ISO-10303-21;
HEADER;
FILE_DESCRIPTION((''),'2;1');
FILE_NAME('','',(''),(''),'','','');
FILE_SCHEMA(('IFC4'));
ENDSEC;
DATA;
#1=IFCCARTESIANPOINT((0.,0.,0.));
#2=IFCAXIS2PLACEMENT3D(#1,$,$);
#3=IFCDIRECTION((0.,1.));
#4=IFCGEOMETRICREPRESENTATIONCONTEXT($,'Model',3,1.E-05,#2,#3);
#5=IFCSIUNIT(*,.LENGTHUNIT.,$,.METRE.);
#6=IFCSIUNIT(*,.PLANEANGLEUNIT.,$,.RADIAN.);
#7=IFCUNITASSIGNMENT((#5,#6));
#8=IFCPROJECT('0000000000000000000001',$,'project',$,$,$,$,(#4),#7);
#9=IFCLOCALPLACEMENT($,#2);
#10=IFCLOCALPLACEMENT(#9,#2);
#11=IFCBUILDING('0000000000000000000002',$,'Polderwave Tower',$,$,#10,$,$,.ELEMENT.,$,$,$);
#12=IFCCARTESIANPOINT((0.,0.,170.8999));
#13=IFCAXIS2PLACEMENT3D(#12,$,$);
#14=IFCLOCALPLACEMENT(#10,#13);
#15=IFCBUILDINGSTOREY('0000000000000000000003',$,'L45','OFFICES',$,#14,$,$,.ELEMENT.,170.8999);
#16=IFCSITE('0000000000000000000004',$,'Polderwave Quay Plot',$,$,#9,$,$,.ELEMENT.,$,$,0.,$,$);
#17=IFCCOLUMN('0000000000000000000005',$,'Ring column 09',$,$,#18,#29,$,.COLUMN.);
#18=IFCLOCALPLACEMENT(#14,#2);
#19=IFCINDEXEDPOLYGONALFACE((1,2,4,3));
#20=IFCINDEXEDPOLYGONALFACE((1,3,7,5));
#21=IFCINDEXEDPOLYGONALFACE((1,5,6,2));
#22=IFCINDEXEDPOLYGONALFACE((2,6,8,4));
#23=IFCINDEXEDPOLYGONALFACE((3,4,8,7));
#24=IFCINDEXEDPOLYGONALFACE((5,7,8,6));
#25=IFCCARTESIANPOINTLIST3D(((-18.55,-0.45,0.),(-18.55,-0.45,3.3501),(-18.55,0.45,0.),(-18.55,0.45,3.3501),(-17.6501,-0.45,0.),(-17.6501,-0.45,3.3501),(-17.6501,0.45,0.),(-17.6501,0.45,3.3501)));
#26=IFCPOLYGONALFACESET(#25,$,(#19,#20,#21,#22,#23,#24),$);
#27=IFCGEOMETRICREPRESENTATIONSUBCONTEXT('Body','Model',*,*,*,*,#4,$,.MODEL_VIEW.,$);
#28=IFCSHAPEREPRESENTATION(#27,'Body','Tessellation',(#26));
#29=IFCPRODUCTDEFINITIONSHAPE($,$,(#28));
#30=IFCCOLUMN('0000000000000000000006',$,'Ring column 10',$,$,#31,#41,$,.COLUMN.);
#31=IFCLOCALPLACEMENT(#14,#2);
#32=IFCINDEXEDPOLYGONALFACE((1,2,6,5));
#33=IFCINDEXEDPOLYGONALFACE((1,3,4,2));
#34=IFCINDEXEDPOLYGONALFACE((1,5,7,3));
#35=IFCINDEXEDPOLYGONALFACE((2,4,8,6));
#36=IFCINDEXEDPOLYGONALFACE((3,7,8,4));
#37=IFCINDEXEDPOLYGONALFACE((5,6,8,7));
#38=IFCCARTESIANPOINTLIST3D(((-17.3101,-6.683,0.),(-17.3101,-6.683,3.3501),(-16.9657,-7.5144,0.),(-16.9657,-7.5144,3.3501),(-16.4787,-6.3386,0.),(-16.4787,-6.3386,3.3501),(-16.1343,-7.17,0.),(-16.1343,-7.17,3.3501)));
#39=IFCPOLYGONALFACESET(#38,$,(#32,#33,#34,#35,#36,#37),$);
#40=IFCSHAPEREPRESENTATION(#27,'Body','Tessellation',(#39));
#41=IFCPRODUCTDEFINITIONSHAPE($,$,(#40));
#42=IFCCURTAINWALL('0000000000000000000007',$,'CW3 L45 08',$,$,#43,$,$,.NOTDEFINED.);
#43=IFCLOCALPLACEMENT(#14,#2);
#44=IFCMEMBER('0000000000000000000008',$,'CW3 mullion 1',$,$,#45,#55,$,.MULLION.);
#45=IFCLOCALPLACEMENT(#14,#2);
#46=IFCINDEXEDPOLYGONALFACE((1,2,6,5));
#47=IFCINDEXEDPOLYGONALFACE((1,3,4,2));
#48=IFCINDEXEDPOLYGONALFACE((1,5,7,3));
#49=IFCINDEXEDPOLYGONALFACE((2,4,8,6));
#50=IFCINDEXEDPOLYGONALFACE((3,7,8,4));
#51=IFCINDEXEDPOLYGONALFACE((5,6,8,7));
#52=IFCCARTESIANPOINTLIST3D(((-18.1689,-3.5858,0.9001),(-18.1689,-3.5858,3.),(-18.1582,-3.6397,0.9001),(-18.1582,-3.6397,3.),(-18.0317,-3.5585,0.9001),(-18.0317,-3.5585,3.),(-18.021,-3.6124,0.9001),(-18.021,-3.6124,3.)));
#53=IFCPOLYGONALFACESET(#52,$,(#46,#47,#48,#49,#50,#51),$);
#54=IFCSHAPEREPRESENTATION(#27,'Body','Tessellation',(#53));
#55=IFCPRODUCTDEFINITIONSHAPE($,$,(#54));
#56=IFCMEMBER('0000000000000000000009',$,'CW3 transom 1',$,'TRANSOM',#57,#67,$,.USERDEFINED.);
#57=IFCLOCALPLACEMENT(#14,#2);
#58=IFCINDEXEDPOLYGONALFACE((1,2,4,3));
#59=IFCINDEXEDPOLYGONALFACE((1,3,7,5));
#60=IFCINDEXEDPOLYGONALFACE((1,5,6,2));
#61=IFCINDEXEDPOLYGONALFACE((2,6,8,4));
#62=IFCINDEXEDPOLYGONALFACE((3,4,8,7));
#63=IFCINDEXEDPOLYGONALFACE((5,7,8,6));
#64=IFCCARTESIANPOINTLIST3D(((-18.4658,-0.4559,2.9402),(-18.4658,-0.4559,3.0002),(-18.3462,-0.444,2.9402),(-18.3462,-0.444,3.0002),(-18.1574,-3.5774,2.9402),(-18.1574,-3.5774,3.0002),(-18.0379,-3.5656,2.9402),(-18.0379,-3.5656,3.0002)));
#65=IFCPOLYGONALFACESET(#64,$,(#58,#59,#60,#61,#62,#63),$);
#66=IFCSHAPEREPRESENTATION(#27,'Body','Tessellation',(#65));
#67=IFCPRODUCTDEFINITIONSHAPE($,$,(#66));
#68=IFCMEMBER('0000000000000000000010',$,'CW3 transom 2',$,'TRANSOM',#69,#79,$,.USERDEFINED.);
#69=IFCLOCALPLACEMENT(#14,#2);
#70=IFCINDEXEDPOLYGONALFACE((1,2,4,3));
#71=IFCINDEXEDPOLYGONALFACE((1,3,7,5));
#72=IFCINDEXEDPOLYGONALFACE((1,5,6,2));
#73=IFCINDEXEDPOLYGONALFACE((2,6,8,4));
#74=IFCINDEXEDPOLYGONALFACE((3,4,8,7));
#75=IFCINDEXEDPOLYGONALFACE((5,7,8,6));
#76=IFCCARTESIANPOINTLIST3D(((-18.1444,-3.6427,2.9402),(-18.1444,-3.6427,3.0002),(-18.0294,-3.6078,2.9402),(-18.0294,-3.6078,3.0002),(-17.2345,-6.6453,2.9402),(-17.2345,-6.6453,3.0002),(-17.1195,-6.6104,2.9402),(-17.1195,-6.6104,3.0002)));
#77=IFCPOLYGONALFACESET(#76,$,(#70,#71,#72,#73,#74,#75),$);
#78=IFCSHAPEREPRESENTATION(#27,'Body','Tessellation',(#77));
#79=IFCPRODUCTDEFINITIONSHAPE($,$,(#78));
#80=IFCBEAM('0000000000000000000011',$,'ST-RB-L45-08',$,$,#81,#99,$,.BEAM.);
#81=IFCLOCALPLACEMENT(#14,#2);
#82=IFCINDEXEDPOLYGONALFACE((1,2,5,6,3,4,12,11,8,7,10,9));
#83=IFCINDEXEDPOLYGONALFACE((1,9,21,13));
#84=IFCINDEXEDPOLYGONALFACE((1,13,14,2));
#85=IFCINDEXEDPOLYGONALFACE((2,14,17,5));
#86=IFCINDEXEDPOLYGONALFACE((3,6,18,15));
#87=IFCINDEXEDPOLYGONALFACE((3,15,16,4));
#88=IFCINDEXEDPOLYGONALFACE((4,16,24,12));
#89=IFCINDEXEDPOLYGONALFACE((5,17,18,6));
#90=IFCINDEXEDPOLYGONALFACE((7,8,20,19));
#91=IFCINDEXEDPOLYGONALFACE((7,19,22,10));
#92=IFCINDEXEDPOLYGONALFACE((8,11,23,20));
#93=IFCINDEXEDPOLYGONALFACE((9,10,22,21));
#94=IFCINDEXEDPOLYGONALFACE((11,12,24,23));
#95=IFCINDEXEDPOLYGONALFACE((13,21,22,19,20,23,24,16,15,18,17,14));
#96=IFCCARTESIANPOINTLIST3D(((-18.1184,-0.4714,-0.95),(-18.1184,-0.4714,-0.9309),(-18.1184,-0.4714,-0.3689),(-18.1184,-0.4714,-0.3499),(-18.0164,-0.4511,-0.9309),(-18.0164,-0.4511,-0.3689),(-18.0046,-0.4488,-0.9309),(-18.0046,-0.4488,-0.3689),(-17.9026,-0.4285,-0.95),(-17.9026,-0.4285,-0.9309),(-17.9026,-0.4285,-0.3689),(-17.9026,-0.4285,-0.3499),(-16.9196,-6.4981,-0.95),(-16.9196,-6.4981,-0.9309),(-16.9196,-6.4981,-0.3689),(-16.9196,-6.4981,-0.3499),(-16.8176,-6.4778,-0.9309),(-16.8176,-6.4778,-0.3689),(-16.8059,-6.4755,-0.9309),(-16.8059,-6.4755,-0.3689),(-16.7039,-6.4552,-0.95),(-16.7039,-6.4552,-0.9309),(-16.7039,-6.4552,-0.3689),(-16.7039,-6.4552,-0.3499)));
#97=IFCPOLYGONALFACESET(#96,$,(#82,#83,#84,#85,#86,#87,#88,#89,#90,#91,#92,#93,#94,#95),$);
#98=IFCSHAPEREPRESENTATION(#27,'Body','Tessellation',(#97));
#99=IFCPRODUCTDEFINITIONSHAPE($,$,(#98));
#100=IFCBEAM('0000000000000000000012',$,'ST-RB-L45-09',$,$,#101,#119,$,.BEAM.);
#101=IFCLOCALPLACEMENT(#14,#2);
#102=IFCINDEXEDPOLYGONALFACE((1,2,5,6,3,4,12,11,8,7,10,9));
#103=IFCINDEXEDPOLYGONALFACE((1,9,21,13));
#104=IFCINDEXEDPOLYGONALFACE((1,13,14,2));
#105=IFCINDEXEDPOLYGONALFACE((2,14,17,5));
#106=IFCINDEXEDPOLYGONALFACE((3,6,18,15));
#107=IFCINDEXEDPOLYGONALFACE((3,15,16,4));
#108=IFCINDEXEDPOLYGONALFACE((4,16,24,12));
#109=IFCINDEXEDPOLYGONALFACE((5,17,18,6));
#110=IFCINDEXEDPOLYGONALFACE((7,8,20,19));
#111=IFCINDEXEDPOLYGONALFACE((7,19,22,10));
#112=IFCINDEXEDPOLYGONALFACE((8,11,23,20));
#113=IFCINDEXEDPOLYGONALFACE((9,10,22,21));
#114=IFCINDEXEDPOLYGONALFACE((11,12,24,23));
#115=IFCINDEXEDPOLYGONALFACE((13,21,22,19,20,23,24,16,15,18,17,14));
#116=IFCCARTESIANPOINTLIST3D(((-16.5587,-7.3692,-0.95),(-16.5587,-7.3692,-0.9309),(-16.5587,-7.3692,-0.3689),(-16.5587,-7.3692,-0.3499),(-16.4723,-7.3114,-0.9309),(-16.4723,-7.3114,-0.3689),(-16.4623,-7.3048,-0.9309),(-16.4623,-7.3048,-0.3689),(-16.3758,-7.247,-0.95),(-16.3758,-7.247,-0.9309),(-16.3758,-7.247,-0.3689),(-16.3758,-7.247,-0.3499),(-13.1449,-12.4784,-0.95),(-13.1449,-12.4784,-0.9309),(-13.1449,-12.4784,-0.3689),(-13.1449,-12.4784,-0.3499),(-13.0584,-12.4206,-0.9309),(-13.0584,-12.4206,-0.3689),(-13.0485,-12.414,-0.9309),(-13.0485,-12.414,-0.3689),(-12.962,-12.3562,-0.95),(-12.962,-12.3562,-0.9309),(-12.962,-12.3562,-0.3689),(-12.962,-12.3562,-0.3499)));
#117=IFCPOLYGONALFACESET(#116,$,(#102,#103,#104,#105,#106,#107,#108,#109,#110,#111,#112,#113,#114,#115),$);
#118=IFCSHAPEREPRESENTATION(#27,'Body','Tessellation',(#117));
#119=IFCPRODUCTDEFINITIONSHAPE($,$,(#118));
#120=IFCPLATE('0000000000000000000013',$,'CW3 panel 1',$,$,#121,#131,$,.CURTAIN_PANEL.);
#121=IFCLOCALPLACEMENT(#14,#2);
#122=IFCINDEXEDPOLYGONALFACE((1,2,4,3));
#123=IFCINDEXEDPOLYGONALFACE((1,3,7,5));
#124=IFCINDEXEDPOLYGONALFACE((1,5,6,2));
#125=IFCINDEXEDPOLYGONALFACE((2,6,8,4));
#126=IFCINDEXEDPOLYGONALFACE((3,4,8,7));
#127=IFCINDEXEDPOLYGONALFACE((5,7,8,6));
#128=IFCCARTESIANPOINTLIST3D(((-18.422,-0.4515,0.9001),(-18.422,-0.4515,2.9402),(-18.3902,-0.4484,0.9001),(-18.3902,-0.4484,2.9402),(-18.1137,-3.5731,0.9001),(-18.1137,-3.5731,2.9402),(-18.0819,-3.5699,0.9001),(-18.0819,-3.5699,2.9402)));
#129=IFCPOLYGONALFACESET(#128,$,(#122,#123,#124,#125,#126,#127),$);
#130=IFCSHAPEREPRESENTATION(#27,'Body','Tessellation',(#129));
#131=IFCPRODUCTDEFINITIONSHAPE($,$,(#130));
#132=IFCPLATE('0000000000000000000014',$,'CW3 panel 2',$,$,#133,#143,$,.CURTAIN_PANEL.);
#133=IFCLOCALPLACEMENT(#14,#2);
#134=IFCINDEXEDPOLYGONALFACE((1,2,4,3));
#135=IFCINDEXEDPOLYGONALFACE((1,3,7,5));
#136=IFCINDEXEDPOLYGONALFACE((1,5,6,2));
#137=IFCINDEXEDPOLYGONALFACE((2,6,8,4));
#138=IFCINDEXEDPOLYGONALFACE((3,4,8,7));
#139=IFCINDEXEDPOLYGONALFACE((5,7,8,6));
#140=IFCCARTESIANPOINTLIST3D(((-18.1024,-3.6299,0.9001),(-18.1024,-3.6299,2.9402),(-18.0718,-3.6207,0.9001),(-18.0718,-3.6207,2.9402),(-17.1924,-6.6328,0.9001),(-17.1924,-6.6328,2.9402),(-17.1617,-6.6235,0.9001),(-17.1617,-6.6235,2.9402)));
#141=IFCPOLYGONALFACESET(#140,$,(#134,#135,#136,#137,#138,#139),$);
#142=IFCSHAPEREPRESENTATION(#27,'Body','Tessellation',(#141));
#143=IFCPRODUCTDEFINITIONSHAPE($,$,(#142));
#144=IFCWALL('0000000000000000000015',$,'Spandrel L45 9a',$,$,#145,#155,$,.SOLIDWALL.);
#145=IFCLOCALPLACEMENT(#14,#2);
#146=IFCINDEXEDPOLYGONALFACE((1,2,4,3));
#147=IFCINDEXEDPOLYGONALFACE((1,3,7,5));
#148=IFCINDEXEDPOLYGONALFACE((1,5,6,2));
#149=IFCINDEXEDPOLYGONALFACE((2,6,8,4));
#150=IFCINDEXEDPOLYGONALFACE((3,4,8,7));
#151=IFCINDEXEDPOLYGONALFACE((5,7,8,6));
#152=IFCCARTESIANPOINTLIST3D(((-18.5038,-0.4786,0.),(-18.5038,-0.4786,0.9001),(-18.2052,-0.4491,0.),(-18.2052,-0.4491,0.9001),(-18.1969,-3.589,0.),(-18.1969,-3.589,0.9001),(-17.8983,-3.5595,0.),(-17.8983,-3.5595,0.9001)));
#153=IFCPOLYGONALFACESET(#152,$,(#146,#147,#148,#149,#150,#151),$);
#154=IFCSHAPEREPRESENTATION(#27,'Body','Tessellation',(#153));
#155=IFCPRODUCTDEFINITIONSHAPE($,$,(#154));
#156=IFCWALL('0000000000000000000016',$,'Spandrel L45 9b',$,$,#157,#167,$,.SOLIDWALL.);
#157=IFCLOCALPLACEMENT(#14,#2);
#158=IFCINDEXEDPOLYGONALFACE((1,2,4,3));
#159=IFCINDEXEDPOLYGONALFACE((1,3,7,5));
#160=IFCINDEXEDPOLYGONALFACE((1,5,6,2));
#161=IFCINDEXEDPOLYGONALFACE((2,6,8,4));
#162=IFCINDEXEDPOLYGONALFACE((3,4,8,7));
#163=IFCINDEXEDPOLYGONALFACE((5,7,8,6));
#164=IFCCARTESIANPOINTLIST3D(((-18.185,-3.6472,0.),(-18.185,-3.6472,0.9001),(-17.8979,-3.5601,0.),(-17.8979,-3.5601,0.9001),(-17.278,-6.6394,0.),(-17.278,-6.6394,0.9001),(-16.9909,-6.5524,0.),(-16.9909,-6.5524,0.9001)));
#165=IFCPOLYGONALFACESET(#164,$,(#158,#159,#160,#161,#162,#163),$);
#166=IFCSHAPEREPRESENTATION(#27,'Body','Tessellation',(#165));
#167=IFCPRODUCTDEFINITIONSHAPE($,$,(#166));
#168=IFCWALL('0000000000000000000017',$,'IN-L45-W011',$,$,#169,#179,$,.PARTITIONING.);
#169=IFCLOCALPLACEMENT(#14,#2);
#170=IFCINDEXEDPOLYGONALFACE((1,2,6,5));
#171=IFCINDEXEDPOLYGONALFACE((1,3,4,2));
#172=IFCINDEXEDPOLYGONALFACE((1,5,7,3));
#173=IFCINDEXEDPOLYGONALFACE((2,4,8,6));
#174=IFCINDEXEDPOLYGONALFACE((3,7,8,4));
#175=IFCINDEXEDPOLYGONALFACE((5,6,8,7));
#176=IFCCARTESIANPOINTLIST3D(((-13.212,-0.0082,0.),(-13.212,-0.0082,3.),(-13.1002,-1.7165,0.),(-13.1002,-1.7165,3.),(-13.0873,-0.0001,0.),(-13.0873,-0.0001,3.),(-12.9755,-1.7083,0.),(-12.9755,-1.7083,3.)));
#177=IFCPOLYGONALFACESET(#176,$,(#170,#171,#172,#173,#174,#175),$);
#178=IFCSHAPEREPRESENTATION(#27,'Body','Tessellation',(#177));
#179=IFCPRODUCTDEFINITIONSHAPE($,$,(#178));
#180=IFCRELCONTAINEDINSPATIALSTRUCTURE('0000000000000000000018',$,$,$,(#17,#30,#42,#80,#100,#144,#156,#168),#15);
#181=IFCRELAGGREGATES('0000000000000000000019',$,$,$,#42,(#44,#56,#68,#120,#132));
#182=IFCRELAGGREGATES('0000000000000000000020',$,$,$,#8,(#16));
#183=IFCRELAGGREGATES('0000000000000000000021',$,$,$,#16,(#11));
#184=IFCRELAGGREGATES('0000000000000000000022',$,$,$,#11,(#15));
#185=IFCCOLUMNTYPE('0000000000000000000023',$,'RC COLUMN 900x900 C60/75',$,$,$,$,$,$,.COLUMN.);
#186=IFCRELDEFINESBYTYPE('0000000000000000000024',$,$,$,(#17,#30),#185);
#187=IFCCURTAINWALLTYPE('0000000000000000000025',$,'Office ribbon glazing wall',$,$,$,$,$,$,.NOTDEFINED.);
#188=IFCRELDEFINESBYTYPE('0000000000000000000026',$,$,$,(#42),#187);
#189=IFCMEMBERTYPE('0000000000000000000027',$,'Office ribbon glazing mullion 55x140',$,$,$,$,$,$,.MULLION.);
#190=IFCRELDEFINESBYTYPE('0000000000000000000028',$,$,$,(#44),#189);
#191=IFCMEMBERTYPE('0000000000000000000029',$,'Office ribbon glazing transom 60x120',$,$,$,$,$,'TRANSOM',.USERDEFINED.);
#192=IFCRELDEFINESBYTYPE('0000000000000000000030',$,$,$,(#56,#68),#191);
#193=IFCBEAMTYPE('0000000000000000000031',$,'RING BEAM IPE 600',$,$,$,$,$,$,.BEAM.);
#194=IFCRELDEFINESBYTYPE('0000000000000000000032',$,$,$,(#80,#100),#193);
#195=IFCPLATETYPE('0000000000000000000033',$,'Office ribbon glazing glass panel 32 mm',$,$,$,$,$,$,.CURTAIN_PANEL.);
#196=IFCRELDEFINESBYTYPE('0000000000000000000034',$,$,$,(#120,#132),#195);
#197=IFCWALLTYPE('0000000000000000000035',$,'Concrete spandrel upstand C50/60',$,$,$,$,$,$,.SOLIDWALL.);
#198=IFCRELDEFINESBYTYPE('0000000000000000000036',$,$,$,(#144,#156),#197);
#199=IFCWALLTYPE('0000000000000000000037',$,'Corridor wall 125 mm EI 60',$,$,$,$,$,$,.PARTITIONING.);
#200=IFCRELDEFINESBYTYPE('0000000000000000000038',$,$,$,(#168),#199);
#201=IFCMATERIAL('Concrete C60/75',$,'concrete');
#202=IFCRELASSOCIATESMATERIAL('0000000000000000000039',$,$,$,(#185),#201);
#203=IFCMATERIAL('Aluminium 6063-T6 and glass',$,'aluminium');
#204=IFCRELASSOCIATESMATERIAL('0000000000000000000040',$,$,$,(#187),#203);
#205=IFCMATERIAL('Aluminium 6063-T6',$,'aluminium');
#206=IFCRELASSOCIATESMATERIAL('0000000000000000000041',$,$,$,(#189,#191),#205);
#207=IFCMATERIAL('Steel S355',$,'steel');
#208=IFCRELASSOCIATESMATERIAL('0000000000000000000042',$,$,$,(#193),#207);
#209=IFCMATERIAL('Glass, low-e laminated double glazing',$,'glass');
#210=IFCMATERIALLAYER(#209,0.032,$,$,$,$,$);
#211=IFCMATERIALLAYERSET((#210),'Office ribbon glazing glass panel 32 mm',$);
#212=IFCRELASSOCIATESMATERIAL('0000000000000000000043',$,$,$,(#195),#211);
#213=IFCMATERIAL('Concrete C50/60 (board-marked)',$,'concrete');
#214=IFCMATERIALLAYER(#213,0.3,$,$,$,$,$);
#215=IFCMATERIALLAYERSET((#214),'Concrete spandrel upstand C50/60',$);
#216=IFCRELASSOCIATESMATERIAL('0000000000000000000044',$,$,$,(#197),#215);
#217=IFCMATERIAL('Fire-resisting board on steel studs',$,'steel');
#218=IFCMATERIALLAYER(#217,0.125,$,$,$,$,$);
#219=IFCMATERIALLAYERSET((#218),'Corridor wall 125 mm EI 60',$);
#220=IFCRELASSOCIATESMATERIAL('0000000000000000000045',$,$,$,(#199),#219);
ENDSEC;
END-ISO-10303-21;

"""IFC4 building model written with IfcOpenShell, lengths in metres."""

from ifc_helpers import new_model, si_unit, direction, frame, frame_2d, origin, origin_2d, place, context, subcontext, project, spatial, rectangle, i_section, extrude, material, layer, layer_set, material_profile, profile_set, type_object, element, aggregate, save


model = new_model("IFC4")

# Units and contexts
model_context = context("Model", 3, precision=1e-05, world=origin(), true_north=direction((0.0, 1.0)))
body_context = subcontext(model_context, "Body", "Model", "MODEL_VIEW")
ifc_project = project(units=[si_unit("LENGTHUNIT", "METRE"), si_unit("PLANEANGLEUNIT", "RADIAN")], contexts=[model_context])

# Site, building, storey
site_placement = place(None, origin())
site = spatial("IfcSite", under=ifc_project, at=site_placement, Name="Polderwave Quay Plot", CompositionType="ELEMENT", RefElevation=0.0)
building_placement = place(site_placement, origin())
building = spatial("IfcBuilding", under=site, at=building_placement, Name="Polderwave Tower", CompositionType="ELEMENT")
storey_placement = place(building_placement, frame((0.0, 0.0, 170.8999)))
storey = spatial("IfcBuildingStorey", under=building, at=storey_placement, Name="L45", Description="OFFICES", CompositionType="ELEMENT", Elevation=170.8999)

# Columns
ifc_material_1 = material(Name="Concrete C60/75", Category="concrete")
ifc_material_profile_1 = material_profile(ifc_material_1, rectangle(XDim=0.8999, YDim=0.8999, at=origin_2d()), Name="RC 900x900")
ifc_profile_set_1 = profile_set([ifc_material_profile_1], Name="Concrete C60/75")
column_type = type_object("IfcColumnType", Name="RC COLUMN 900x900 C60/75", PredefinedType="COLUMN", material=ifc_profile_set_1)
for number, where, z_axis, x_axis, name in (
    (1, (-18.1001, 0.0, 0.0), (0.0, 0.0, 1.0), (-1.0, 0.0, 0.0), "Ring column 09"),
    (2, (-16.7222, -6.9265, 0.0), (0.0, 0.0, 1.0), (-0.92388, -0.382683, 0.0), "Ring column 10"),
):
    element("IfcColumn", number, at=place(storey_placement, frame(where, z_axis=z_axis, x_axis=x_axis)), inside=storey, type_object=column_type, Name=name, PredefinedType="COLUMN", context=body_context, shape_type="SweptSolid", body=[
        extrude(rectangle(XDim=0.8999, YDim=0.8999, at=origin_2d()), origin(), (0.0, 0.0, 1.0), 3.3501),
    ])

# Curtain wall, members
ifc_material_2 = material(Name="Aluminium 6063-T6 and glass", Category="aluminium")
curtain_wall_type = type_object("IfcCurtainWallType", Name="Office ribbon glazing wall", PredefinedType="NOTDEFINED", material=ifc_material_2)
curtain_wall_placement = place(storey_placement, origin())
curtain_wall = element("IfcCurtainWall", 3, at=curtain_wall_placement, inside=storey, type_object=curtain_wall_type, Name="CW3 L45 08", PredefinedType="NOTDEFINED")
ifc_material_3 = material(Name="Aluminium 6063-T6", Category="aluminium")
ifc_material_profile_2 = material_profile(ifc_material_3, rectangle(XDim=0.1399, YDim=0.0549, at=origin_2d()), Name="AL 55x140")
ifc_profile_set_2 = profile_set([ifc_material_profile_2], Name="Aluminium 6063-T6")
member_type_1 = type_object("IfcMemberType", Name="Office ribbon glazing mullion 55x140", PredefinedType="MULLION", material=ifc_profile_set_2)
member_1_placement = place(storey_placement, frame((-18.095, -3.5991, 0.9001), z_axis=(0.0, 0.0, 1.0), x_axis=(0.980784, 0.195097, 0.0)))
member_1 = element("IfcMember", 4, at=member_1_placement, type_object=member_type_1, Name="CW3 mullion 1", PredefinedType="MULLION", context=body_context, shape_type="SweptSolid", body=[
    extrude(rectangle(XDim=0.1399, YDim=0.0549, at=origin_2d()), origin(), (0.0, 0.0, 1.0), 2.0999),
])
ifc_material_profile_3 = material_profile(ifc_material_3, rectangle(XDim=0.1201, YDim=0.0601, at=origin_2d()), Name="AL 60x120")
ifc_profile_set_3 = profile_set([ifc_material_profile_3], Name="Aluminium 6063-T6")
member_type_2 = type_object("IfcMemberType", Name="Office ribbon glazing transom 60x120", ElementType="TRANSOM", PredefinedType="USERDEFINED", material=ifc_profile_set_3)
member_2_placement = place(storey_placement, frame((-18.406, -0.45, 2.9702), z_axis=(0.098301, -0.995157, 0.0), x_axis=(0.995157, 0.098301, 0.0)))
member_2 = element("IfcMember", 5, at=member_2_placement, type_object=member_type_2, Name="CW3 transom 1", ObjectType="TRANSOM", PredefinedType="USERDEFINED", context=body_context, shape_type="SweptSolid", body=[
    extrude(rectangle(XDim=0.1201, YDim=0.0601, at=origin_2d()), origin(), (0.0, 0.0, 1.0), 3.1367),
])
member_3_placement = place(storey_placement, frame((-18.0869, -3.6252, 2.9702), z_axis=(0.29001, -0.957024, 0.0), x_axis=(0.957024, 0.29001, 0.0)))
member_3 = element("IfcMember", 6, at=member_3_placement, type_object=member_type_2, Name="CW3 transom 2", ObjectType="TRANSOM", PredefinedType="USERDEFINED", context=body_context, shape_type="SweptSolid", body=[
    extrude(rectangle(XDim=0.1201, YDim=0.0601, at=origin_2d()), origin(), (0.0, 0.0, 1.0), 3.1375),
])

# Beams
ifc_material_4 = material(Name="Steel S355", Category="steel")
ifc_material_profile_4 = material_profile(ifc_material_4, i_section(OverallWidth=0.22, OverallDepth=0.6001, WebThickness=0.012, FlangeThickness=0.019, at=origin_2d()), Name="IPE 600")
ifc_profile_set_4 = profile_set([ifc_material_profile_4], Name="Steel S355")
beam_type = type_object("IfcBeamType", Name="RING BEAM IPE 600", PredefinedType="BEAM", material=ifc_profile_set_4)
for number, where, z_axis, x_axis, name in (
    (7, (-18.0105, -0.45, -0.6499), (0.195085, -0.980786, 0.0), (0.980786, 0.195085, 0.0), "ST-RB-L45-08"),
    (8, (-16.4673, -7.3081, -0.6499), (0.555571, -0.831469, 0.0), (0.831469, 0.555571, 0.0), "ST-RB-L45-09"),
):
    element("IfcBeam", number, at=place(storey_placement, frame(where, z_axis=z_axis, x_axis=x_axis)), inside=storey, type_object=beam_type, Name=name, PredefinedType="BEAM", context=body_context, shape_type="SweptSolid", body=[
        extrude(i_section(OverallWidth=0.22, OverallDepth=0.6001, WebThickness=0.012, FlangeThickness=0.019, at=origin_2d()), origin(), (0.0, 0.0, 1.0), 6.1448),
    ])

# Plates
ifc_material_5 = material(Name="Glass, low-e laminated double glazing", Category="glass")
ifc_layer_1 = layer(ifc_material_5, 0.032)
ifc_layer_set_1 = layer_set([ifc_layer_1], Name="Office ribbon glazing glass panel 32 mm")
plate_type = type_object("IfcPlateType", Name="Office ribbon glazing glass panel 32 mm", PredefinedType="CURTAIN_PANEL", material=ifc_layer_set_1)
plate_1_placement = place(storey_placement, frame((-18.252, -2.0107, 0.9001), z_axis=(0.0, 0.0, 1.0), x_axis=(0.098283, -0.995159, 0.0)))
plate_1 = element("IfcPlate", 9, at=plate_1_placement, type_object=plate_type, Name="CW3 panel 1", PredefinedType="CURTAIN_PANEL", context=body_context, shape_type="SweptSolid", body=[
    extrude(rectangle(XDim=3.1367, YDim=0.032, at=origin_2d()), origin(), (0.0, 0.0, 1.0), 2.04),
])
plate_2_placement = place(storey_placement, frame((-17.6321, -5.1267, 0.9001), z_axis=(0.0, 0.0, 1.0), x_axis=(0.290042, -0.957014, 0.0)))
plate_2 = element("IfcPlate", 10, at=plate_2_placement, type_object=plate_type, Name="CW3 panel 2", PredefinedType="CURTAIN_PANEL", context=body_context, shape_type="SweptSolid", body=[
    extrude(rectangle(XDim=3.1377, YDim=0.032, at=origin_2d()), origin(), (0.0, 0.0, 1.0), 2.04),
])
aggregate(curtain_wall, [member_1, member_2, member_3, plate_1, plate_2])

# Walls
ifc_material_6 = material(Name="Concrete C50/60 (board-marked)", Category="concrete")
ifc_layer_2 = layer(ifc_material_6, 0.3)
ifc_layer_set_2 = layer_set([ifc_layer_2], Name="Concrete spandrel upstand C50/60")
wall_type_1 = type_object("IfcWallType", Name="Concrete spandrel upstand C50/60", PredefinedType="SOLIDWALL", material=ifc_layer_set_2)
wall_1_placement = place(storey_placement, frame((-18.3545, -0.4639, 0.0), z_axis=(0.0, 0.0, 1.0), x_axis=(0.098189, -0.995168, 0.0)))
element("IfcWall", 11, at=wall_1_placement, inside=storey, type_object=wall_type_1, Name="Spandrel L45 9a", PredefinedType="SOLIDWALL", context=body_context, shape_type="SweptSolid", body=[
    extrude(rectangle(XDim=3.1255, YDim=0.3, at=frame_2d((1.5627, 0.0))), origin(), (0.0, 0.0, 1.0), 0.9001),
])
wall_2_placement = place(storey_placement, frame((-18.0415, -3.6035, 0.0), z_axis=(0.0, 0.0, 1.0), x_axis=(0.290083, -0.957001, 0.0)))
element("IfcWall", 12, at=wall_2_placement, inside=storey, type_object=wall_type_1, Name="Spandrel L45 9b", PredefinedType="SOLIDWALL", context=body_context, shape_type="SweptSolid", body=[
    extrude(rectangle(XDim=3.1267, YDim=0.3, at=frame_2d((1.5635, 0.0))), origin(), (0.0, 0.0, 1.0), 0.9001),
])
ifc_material_7 = material(Name="Fire-resisting board on steel studs", Category="steel")
ifc_layer_3 = layer(ifc_material_7, 0.125)
ifc_layer_set_3 = layer_set([ifc_layer_3], Name="Corridor wall 125 mm EI 60")
wall_type_2 = type_object("IfcWallType", Name="Corridor wall 125 mm EI 60", PredefinedType="PARTITIONING", material=ifc_layer_set_3)
wall_3_placement = place(storey_placement, frame((-13.0378, -1.7124, 0.0), z_axis=(0.0, 0.0, 1.0), x_axis=(-0.065317, 0.997865, 0.0)))
element("IfcWall", 13, at=wall_3_placement, inside=storey, type_object=wall_type_2, Name="IN-L45-W011", PredefinedType="PARTITIONING", context=body_context, shape_type="SweptSolid", body=[
    extrude(rectangle(XDim=1.7119, YDim=0.125, at=frame_2d((0.856, 0.0))), origin(), (0.0, 0.0, 1.0), 3.0),
])

save(model, "model.ifc")
